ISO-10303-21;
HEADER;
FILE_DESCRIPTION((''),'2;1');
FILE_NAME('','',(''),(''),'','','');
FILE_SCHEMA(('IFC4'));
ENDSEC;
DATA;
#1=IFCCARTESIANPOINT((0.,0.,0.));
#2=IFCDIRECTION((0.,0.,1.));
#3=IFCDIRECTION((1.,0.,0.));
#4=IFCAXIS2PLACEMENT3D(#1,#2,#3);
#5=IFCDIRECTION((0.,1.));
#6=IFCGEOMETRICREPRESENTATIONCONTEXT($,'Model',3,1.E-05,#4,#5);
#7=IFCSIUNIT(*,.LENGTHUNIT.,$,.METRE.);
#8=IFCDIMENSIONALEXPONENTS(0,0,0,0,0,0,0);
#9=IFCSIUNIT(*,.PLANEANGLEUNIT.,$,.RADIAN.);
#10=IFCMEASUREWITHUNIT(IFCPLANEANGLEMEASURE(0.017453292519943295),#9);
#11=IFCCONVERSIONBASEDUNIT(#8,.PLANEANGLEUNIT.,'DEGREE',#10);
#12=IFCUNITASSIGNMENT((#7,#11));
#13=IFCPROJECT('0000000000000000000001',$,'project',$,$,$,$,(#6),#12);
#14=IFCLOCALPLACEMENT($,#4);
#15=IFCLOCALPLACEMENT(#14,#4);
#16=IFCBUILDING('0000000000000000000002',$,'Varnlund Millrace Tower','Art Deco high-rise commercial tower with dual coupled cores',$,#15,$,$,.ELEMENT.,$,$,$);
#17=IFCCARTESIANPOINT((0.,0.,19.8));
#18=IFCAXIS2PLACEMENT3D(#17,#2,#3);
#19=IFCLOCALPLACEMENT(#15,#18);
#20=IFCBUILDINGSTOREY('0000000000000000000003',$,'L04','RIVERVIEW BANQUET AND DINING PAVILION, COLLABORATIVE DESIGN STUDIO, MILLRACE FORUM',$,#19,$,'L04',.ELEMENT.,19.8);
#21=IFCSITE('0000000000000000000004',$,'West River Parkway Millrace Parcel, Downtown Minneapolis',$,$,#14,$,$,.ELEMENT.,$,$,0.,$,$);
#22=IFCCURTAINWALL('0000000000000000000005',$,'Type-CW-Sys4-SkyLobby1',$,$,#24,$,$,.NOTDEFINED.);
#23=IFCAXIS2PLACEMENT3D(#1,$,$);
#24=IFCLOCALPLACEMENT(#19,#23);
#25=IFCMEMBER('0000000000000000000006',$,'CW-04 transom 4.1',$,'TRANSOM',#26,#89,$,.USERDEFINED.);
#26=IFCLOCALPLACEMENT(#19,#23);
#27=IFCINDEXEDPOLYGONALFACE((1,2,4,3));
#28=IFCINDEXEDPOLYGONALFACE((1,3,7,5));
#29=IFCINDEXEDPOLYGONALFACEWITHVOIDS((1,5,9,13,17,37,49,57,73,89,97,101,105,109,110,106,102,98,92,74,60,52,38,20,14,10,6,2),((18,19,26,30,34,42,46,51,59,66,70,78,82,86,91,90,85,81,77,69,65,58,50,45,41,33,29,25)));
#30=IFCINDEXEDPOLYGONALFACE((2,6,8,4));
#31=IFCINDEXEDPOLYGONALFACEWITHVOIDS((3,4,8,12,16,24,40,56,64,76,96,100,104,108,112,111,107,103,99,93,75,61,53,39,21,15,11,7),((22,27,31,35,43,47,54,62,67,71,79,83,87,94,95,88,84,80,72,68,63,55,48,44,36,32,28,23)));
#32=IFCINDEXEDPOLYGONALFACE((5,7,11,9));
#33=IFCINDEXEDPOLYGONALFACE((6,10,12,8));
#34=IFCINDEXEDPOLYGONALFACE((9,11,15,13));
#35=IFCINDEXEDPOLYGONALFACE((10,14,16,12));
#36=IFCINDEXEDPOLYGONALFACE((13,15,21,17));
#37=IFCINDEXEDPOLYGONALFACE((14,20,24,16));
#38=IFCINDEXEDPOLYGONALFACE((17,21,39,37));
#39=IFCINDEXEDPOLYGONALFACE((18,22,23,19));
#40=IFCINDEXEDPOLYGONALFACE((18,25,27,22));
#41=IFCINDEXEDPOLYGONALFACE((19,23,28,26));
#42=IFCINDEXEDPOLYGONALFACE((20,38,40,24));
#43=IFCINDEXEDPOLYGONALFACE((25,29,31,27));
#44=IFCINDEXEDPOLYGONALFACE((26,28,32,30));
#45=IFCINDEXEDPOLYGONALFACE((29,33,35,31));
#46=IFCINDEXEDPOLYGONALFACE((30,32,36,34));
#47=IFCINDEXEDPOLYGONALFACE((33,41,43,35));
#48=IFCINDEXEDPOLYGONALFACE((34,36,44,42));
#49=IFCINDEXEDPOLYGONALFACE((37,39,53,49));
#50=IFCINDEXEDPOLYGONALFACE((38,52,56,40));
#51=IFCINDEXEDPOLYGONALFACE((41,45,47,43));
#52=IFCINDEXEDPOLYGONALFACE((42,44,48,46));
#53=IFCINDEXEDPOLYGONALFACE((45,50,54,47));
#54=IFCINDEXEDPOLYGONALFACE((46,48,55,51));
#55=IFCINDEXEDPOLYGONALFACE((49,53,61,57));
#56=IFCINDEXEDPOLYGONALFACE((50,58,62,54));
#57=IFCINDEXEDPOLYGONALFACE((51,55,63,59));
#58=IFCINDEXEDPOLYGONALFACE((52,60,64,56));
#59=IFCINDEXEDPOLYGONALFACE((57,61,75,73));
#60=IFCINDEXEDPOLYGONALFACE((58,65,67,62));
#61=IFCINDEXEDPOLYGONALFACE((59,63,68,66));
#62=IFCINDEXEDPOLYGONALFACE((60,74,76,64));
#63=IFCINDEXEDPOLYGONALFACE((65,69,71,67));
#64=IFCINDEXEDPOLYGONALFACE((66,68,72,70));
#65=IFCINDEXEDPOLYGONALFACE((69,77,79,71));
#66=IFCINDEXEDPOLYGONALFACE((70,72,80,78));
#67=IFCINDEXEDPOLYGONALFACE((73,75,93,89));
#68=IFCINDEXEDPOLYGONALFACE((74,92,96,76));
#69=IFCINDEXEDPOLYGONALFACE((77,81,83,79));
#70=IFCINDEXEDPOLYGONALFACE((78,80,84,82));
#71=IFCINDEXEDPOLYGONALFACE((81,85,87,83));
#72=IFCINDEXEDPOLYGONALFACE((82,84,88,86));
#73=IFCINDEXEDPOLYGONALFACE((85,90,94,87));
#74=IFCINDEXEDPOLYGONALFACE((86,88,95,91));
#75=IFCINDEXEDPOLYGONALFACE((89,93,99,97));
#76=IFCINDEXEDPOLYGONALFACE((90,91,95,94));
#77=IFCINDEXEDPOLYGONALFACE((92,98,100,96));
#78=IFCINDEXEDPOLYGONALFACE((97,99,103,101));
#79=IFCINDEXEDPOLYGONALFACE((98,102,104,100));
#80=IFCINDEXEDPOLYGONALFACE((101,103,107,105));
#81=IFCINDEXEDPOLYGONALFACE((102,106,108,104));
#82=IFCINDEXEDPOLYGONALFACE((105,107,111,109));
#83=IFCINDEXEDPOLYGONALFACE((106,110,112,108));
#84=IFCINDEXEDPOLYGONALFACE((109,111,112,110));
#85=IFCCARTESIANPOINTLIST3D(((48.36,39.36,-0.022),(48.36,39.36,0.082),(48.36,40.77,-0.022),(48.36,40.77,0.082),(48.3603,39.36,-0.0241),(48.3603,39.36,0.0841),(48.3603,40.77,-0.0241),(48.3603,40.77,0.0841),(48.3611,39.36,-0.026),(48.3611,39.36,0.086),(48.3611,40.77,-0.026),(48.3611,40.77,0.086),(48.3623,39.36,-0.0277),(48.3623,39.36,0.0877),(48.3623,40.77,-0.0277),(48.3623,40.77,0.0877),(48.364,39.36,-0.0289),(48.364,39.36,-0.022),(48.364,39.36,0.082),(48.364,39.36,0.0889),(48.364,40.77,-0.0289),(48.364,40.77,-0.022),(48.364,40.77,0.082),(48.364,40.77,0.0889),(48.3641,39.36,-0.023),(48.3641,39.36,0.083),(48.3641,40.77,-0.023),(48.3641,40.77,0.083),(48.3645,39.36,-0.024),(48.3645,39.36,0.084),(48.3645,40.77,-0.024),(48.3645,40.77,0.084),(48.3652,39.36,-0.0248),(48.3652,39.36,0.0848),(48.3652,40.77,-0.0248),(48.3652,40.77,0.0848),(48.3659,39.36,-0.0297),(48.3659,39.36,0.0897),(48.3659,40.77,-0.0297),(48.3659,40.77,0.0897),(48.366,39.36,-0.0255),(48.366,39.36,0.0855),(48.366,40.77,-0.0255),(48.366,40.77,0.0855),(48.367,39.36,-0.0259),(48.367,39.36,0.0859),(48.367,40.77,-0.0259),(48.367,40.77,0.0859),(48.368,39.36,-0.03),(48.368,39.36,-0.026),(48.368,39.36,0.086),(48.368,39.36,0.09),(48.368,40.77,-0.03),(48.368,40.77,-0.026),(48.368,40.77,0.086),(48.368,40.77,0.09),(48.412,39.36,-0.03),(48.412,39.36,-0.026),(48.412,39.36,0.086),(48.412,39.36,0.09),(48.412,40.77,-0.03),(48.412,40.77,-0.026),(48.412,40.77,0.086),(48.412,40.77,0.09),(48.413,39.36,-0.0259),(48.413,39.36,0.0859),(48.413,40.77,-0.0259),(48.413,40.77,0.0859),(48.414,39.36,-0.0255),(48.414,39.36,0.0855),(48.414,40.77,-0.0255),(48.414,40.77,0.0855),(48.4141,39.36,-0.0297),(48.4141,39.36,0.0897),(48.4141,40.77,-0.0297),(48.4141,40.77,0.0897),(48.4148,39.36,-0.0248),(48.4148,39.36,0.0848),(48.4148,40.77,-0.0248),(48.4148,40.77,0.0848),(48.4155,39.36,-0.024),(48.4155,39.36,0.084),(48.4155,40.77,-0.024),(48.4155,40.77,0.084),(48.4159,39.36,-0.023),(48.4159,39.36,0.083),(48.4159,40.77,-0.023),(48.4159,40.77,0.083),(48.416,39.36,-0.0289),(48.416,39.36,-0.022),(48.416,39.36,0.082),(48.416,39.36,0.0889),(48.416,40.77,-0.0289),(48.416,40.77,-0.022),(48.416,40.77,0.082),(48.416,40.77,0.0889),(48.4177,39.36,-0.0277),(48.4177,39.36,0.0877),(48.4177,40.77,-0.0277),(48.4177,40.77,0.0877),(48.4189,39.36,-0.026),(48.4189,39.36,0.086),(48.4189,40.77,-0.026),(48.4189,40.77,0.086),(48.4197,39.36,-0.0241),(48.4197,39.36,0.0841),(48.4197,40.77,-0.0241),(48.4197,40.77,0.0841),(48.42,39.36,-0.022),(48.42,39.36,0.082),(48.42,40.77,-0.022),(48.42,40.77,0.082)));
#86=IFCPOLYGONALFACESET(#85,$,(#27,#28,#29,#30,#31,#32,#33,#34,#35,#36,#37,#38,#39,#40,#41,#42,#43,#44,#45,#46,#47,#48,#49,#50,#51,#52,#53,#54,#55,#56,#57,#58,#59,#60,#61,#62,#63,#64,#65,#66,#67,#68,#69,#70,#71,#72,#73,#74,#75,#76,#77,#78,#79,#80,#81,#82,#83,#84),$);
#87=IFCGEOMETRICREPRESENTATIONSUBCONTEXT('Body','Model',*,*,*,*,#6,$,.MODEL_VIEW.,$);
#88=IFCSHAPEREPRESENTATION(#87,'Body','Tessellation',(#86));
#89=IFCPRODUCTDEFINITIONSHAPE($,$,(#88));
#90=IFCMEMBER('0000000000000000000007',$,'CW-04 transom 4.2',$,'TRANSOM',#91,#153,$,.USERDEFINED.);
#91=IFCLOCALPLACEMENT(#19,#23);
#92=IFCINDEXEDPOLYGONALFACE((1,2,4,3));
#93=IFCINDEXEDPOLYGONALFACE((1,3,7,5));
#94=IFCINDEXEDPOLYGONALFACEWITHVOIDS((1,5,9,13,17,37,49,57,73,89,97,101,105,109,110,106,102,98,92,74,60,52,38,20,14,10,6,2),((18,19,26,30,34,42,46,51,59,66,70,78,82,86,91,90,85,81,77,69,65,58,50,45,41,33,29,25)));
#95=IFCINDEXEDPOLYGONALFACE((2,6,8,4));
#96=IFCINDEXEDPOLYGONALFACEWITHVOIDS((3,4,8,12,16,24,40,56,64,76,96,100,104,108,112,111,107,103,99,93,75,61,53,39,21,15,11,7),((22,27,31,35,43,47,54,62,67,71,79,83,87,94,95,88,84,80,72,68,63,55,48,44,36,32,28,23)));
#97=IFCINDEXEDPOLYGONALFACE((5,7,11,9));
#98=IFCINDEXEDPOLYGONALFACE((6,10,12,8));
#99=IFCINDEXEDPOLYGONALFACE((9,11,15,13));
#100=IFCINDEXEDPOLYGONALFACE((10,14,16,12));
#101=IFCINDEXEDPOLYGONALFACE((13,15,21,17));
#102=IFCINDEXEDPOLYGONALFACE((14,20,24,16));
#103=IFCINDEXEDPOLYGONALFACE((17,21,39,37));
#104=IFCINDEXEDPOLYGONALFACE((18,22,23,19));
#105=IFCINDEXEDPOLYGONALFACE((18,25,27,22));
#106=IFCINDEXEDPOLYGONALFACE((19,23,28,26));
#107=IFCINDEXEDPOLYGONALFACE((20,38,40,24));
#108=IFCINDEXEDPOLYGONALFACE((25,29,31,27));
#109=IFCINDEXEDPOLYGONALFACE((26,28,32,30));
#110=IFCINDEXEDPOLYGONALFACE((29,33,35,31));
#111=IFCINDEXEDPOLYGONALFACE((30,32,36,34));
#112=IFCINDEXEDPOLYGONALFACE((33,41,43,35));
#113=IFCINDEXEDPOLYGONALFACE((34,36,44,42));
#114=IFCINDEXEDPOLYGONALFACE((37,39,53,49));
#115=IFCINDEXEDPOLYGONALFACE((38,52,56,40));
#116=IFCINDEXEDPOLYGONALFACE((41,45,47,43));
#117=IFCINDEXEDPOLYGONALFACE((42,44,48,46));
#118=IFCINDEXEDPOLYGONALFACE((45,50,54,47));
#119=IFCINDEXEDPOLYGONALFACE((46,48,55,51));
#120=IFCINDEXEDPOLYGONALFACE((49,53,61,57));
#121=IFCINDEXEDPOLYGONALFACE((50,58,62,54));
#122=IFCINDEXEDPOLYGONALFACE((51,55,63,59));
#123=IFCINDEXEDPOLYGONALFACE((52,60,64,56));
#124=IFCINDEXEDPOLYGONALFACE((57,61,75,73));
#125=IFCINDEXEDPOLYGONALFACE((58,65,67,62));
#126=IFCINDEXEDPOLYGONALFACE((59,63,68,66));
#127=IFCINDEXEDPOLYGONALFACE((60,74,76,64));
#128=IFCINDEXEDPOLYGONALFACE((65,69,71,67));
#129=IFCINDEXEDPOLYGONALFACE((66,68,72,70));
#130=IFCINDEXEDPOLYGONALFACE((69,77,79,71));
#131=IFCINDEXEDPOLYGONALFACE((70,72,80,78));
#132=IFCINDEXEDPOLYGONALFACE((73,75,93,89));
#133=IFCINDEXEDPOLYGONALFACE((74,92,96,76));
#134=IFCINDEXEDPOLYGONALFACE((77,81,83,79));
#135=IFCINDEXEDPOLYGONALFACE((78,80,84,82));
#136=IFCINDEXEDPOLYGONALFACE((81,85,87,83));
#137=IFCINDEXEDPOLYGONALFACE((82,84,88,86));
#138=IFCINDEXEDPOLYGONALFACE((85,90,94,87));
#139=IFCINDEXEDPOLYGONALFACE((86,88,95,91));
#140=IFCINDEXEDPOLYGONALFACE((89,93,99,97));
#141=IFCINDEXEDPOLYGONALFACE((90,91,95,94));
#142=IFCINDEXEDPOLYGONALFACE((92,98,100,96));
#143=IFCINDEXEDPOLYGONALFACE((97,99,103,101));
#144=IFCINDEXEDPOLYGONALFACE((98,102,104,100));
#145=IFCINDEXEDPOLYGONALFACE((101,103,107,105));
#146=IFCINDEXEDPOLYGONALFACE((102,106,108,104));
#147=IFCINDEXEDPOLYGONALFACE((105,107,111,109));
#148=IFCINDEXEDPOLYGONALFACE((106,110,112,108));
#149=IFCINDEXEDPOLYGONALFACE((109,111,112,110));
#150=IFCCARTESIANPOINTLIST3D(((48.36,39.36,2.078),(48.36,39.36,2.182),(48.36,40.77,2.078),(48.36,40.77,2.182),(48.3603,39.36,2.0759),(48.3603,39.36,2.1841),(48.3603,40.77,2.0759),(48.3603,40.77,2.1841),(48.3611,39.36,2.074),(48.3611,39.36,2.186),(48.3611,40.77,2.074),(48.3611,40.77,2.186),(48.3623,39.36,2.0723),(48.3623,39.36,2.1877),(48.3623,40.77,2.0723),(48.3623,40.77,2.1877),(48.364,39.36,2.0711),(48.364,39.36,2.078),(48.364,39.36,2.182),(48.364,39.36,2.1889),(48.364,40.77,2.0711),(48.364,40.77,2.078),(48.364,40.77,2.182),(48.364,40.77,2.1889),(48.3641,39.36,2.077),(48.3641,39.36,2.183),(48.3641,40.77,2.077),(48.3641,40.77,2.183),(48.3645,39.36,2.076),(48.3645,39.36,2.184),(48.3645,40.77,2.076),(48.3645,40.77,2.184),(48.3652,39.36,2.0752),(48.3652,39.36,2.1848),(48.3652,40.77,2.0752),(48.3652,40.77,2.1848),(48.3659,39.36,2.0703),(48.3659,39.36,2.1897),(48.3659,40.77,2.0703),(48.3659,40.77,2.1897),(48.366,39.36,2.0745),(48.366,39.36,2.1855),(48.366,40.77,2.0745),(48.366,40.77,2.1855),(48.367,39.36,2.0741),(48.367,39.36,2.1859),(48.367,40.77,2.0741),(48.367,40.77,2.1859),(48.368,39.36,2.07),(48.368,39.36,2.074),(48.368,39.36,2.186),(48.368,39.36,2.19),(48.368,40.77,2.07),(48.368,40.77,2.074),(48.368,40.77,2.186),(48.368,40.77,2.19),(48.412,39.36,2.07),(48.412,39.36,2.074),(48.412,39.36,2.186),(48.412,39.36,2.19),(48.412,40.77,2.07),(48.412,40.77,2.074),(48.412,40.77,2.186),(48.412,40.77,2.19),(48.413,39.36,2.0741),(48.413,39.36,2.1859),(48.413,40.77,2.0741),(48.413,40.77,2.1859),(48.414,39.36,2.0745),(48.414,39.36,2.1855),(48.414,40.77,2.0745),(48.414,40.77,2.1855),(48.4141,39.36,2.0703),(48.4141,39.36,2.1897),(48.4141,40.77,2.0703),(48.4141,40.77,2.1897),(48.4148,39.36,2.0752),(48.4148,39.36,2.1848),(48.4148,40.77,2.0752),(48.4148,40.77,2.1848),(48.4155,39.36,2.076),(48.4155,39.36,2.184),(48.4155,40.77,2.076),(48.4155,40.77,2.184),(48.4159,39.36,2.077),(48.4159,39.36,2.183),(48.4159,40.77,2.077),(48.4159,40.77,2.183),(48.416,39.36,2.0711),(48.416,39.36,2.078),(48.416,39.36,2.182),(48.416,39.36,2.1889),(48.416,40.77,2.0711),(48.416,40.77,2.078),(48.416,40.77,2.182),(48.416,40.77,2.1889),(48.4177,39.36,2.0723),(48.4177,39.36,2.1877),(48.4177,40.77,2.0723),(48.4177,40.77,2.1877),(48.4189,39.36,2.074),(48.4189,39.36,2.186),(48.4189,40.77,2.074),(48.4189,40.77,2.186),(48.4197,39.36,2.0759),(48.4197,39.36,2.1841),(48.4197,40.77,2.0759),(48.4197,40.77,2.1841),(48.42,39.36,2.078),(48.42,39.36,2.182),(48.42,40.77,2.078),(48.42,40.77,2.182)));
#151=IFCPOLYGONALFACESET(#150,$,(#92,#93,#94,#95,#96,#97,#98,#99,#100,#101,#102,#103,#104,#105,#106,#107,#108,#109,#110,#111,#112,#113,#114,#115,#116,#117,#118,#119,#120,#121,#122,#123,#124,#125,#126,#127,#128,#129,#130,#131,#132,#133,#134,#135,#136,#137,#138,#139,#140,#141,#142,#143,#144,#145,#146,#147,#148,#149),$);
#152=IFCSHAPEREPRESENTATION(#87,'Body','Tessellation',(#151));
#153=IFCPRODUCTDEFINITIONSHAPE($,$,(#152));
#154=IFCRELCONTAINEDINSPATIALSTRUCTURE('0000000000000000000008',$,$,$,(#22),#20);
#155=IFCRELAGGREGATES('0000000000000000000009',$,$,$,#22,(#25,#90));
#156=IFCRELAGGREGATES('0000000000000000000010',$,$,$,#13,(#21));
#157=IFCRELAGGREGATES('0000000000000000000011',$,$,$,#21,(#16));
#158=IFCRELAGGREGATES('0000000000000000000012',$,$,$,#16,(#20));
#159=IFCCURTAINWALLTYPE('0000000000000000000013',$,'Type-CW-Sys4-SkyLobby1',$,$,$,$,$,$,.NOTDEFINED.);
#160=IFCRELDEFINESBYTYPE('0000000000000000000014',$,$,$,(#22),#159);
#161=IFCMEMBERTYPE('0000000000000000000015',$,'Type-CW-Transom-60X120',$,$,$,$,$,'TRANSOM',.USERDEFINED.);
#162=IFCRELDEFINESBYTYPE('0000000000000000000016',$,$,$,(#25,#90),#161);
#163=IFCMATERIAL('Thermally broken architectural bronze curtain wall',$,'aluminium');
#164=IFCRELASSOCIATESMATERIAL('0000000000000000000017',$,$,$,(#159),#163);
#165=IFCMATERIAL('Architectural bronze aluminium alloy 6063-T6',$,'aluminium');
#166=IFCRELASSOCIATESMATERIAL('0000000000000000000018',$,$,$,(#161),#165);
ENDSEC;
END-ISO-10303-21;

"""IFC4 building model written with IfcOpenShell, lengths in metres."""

from ifc_helpers import new_model, entity, si_unit, converted_unit, direction, frame, origin_with_axes, origin_2d_with_axis, place, context, subcontext, project, spatial, hollow_rectangle, extrude, material, material_profile, profile_set, type_object, element, aggregate, save


model = new_model("IFC4")

# Units and contexts
model_context = context("Model", 3, precision=1e-05, world=origin_with_axes(), true_north=direction((0.0, 1.0)))
body_context = subcontext(model_context, "Body", "Model", "MODEL_VIEW")
ifc_project = project(units=[si_unit("LENGTHUNIT", "METRE"), converted_unit("PLANEANGLEUNIT", "DEGREE", entity("IfcPlaneAngleMeasure", 0.017453292519943295), si_unit("PLANEANGLEUNIT", "RADIAN"), dimensions=[0, 0, 0, 0, 0, 0, 0])], contexts=[model_context])

# Site, building, storey
site_placement = place(None, origin_with_axes())
site = spatial("IfcSite", under=ifc_project, at=site_placement, Name="West River Parkway Millrace Parcel, Downtown Minneapolis", CompositionType="ELEMENT", RefElevation=0.0)
building_placement = place(site_placement, origin_with_axes())
building = spatial("IfcBuilding", under=site, at=building_placement, Name="Varnlund Millrace Tower", Description="Art Deco high-rise commercial tower with dual coupled cores", CompositionType="ELEMENT")
storey_placement = place(building_placement, frame((0.0, 0.0, 19.8), z_axis=(0.0, 0.0, 1.0), x_axis=(1.0, 0.0, 0.0)))
storey = spatial("IfcBuildingStorey", under=building, at=storey_placement, Name="L04", Description="RIVERVIEW BANQUET AND DINING PAVILION, COLLABORATIVE DESIGN STUDIO, MILLRACE FORUM", LongName="L04", CompositionType="ELEMENT", Elevation=19.8)

# Curtain wall
ifc_material_1 = material(Name="Thermally broken architectural bronze curtain wall", Category="aluminium")
curtain_wall_type = type_object("IfcCurtainWallType", Name="Type-CW-Sys4-SkyLobby1", PredefinedType="NOTDEFINED", material=ifc_material_1)
curtain_wall_1_placement = place(storey_placement, frame((48.39, 45.3, 0.0), z_axis=(0.0, 0.0, 1.0), x_axis=(1.0, 0.0, 0.0)))
curtain_wall_1 = element("IfcCurtainWall", 1, at=curtain_wall_1_placement, inside=storey, type_object=curtain_wall_type, Name="Type-CW-Sys4-SkyLobby1", PredefinedType="NOTDEFINED")
ifc_material_2 = material(Name="Architectural bronze aluminium alloy 6063-T6", Category="aluminium")

# Members
ifc_material_profile_1 = material_profile(ifc_material_2, hollow_rectangle(XDim=0.06, YDim=0.12, WallThickness=0.004, InnerFilletRadius=0.004, OuterFilletRadius=0.008, at=origin_2d_with_axis()), Name="Architectural bronze aluminium alloy 6063-T6")
ifc_profile_set_1 = profile_set([ifc_material_profile_1], Name="Architectural bronze aluminium alloy 6063-T6")
member_type_1 = type_object("IfcMemberType", Name="Type-CW-Transom-60X120", ElementType="TRANSOM", PredefinedType="USERDEFINED", material=ifc_profile_set_1)
member_1_placement = place(storey_placement, frame((48.39, 40.77, 0.03), z_axis=(0.0, -1.0, 0.0), x_axis=(1.0, 0.0, 0.0)))
member_1 = element("IfcMember", 2, at=member_1_placement, type_object=member_type_1, Name="CW-04 transom 4.1", ObjectType="TRANSOM", PredefinedType="USERDEFINED", context=body_context, shape_type="SweptSolid", body=[
    extrude(hollow_rectangle(XDim=0.06, YDim=0.12, WallThickness=0.004, InnerFilletRadius=0.004, OuterFilletRadius=0.008, at=origin_2d_with_axis()), origin_with_axes(), (0.0, 0.0, 1.0), 1.41),
])
member_2_placement = place(storey_placement, frame((48.39, 40.77, 2.13), z_axis=(0.0, -1.0, 0.0), x_axis=(1.0, 0.0, 0.0)))
member_2 = element("IfcMember", 3, at=member_2_placement, type_object=member_type_1, Name="CW-04 transom 4.2", ObjectType="TRANSOM", PredefinedType="USERDEFINED", context=body_context, shape_type="SweptSolid", body=[
    extrude(hollow_rectangle(XDim=0.06, YDim=0.12, WallThickness=0.004, InnerFilletRadius=0.004, OuterFilletRadius=0.008, at=origin_2d_with_axis()), origin_with_axes(), (0.0, 0.0, 1.0), 1.41),
])

aggregate(curtain_wall_1, [member_1, member_2])

save(model, "model.ifc")
